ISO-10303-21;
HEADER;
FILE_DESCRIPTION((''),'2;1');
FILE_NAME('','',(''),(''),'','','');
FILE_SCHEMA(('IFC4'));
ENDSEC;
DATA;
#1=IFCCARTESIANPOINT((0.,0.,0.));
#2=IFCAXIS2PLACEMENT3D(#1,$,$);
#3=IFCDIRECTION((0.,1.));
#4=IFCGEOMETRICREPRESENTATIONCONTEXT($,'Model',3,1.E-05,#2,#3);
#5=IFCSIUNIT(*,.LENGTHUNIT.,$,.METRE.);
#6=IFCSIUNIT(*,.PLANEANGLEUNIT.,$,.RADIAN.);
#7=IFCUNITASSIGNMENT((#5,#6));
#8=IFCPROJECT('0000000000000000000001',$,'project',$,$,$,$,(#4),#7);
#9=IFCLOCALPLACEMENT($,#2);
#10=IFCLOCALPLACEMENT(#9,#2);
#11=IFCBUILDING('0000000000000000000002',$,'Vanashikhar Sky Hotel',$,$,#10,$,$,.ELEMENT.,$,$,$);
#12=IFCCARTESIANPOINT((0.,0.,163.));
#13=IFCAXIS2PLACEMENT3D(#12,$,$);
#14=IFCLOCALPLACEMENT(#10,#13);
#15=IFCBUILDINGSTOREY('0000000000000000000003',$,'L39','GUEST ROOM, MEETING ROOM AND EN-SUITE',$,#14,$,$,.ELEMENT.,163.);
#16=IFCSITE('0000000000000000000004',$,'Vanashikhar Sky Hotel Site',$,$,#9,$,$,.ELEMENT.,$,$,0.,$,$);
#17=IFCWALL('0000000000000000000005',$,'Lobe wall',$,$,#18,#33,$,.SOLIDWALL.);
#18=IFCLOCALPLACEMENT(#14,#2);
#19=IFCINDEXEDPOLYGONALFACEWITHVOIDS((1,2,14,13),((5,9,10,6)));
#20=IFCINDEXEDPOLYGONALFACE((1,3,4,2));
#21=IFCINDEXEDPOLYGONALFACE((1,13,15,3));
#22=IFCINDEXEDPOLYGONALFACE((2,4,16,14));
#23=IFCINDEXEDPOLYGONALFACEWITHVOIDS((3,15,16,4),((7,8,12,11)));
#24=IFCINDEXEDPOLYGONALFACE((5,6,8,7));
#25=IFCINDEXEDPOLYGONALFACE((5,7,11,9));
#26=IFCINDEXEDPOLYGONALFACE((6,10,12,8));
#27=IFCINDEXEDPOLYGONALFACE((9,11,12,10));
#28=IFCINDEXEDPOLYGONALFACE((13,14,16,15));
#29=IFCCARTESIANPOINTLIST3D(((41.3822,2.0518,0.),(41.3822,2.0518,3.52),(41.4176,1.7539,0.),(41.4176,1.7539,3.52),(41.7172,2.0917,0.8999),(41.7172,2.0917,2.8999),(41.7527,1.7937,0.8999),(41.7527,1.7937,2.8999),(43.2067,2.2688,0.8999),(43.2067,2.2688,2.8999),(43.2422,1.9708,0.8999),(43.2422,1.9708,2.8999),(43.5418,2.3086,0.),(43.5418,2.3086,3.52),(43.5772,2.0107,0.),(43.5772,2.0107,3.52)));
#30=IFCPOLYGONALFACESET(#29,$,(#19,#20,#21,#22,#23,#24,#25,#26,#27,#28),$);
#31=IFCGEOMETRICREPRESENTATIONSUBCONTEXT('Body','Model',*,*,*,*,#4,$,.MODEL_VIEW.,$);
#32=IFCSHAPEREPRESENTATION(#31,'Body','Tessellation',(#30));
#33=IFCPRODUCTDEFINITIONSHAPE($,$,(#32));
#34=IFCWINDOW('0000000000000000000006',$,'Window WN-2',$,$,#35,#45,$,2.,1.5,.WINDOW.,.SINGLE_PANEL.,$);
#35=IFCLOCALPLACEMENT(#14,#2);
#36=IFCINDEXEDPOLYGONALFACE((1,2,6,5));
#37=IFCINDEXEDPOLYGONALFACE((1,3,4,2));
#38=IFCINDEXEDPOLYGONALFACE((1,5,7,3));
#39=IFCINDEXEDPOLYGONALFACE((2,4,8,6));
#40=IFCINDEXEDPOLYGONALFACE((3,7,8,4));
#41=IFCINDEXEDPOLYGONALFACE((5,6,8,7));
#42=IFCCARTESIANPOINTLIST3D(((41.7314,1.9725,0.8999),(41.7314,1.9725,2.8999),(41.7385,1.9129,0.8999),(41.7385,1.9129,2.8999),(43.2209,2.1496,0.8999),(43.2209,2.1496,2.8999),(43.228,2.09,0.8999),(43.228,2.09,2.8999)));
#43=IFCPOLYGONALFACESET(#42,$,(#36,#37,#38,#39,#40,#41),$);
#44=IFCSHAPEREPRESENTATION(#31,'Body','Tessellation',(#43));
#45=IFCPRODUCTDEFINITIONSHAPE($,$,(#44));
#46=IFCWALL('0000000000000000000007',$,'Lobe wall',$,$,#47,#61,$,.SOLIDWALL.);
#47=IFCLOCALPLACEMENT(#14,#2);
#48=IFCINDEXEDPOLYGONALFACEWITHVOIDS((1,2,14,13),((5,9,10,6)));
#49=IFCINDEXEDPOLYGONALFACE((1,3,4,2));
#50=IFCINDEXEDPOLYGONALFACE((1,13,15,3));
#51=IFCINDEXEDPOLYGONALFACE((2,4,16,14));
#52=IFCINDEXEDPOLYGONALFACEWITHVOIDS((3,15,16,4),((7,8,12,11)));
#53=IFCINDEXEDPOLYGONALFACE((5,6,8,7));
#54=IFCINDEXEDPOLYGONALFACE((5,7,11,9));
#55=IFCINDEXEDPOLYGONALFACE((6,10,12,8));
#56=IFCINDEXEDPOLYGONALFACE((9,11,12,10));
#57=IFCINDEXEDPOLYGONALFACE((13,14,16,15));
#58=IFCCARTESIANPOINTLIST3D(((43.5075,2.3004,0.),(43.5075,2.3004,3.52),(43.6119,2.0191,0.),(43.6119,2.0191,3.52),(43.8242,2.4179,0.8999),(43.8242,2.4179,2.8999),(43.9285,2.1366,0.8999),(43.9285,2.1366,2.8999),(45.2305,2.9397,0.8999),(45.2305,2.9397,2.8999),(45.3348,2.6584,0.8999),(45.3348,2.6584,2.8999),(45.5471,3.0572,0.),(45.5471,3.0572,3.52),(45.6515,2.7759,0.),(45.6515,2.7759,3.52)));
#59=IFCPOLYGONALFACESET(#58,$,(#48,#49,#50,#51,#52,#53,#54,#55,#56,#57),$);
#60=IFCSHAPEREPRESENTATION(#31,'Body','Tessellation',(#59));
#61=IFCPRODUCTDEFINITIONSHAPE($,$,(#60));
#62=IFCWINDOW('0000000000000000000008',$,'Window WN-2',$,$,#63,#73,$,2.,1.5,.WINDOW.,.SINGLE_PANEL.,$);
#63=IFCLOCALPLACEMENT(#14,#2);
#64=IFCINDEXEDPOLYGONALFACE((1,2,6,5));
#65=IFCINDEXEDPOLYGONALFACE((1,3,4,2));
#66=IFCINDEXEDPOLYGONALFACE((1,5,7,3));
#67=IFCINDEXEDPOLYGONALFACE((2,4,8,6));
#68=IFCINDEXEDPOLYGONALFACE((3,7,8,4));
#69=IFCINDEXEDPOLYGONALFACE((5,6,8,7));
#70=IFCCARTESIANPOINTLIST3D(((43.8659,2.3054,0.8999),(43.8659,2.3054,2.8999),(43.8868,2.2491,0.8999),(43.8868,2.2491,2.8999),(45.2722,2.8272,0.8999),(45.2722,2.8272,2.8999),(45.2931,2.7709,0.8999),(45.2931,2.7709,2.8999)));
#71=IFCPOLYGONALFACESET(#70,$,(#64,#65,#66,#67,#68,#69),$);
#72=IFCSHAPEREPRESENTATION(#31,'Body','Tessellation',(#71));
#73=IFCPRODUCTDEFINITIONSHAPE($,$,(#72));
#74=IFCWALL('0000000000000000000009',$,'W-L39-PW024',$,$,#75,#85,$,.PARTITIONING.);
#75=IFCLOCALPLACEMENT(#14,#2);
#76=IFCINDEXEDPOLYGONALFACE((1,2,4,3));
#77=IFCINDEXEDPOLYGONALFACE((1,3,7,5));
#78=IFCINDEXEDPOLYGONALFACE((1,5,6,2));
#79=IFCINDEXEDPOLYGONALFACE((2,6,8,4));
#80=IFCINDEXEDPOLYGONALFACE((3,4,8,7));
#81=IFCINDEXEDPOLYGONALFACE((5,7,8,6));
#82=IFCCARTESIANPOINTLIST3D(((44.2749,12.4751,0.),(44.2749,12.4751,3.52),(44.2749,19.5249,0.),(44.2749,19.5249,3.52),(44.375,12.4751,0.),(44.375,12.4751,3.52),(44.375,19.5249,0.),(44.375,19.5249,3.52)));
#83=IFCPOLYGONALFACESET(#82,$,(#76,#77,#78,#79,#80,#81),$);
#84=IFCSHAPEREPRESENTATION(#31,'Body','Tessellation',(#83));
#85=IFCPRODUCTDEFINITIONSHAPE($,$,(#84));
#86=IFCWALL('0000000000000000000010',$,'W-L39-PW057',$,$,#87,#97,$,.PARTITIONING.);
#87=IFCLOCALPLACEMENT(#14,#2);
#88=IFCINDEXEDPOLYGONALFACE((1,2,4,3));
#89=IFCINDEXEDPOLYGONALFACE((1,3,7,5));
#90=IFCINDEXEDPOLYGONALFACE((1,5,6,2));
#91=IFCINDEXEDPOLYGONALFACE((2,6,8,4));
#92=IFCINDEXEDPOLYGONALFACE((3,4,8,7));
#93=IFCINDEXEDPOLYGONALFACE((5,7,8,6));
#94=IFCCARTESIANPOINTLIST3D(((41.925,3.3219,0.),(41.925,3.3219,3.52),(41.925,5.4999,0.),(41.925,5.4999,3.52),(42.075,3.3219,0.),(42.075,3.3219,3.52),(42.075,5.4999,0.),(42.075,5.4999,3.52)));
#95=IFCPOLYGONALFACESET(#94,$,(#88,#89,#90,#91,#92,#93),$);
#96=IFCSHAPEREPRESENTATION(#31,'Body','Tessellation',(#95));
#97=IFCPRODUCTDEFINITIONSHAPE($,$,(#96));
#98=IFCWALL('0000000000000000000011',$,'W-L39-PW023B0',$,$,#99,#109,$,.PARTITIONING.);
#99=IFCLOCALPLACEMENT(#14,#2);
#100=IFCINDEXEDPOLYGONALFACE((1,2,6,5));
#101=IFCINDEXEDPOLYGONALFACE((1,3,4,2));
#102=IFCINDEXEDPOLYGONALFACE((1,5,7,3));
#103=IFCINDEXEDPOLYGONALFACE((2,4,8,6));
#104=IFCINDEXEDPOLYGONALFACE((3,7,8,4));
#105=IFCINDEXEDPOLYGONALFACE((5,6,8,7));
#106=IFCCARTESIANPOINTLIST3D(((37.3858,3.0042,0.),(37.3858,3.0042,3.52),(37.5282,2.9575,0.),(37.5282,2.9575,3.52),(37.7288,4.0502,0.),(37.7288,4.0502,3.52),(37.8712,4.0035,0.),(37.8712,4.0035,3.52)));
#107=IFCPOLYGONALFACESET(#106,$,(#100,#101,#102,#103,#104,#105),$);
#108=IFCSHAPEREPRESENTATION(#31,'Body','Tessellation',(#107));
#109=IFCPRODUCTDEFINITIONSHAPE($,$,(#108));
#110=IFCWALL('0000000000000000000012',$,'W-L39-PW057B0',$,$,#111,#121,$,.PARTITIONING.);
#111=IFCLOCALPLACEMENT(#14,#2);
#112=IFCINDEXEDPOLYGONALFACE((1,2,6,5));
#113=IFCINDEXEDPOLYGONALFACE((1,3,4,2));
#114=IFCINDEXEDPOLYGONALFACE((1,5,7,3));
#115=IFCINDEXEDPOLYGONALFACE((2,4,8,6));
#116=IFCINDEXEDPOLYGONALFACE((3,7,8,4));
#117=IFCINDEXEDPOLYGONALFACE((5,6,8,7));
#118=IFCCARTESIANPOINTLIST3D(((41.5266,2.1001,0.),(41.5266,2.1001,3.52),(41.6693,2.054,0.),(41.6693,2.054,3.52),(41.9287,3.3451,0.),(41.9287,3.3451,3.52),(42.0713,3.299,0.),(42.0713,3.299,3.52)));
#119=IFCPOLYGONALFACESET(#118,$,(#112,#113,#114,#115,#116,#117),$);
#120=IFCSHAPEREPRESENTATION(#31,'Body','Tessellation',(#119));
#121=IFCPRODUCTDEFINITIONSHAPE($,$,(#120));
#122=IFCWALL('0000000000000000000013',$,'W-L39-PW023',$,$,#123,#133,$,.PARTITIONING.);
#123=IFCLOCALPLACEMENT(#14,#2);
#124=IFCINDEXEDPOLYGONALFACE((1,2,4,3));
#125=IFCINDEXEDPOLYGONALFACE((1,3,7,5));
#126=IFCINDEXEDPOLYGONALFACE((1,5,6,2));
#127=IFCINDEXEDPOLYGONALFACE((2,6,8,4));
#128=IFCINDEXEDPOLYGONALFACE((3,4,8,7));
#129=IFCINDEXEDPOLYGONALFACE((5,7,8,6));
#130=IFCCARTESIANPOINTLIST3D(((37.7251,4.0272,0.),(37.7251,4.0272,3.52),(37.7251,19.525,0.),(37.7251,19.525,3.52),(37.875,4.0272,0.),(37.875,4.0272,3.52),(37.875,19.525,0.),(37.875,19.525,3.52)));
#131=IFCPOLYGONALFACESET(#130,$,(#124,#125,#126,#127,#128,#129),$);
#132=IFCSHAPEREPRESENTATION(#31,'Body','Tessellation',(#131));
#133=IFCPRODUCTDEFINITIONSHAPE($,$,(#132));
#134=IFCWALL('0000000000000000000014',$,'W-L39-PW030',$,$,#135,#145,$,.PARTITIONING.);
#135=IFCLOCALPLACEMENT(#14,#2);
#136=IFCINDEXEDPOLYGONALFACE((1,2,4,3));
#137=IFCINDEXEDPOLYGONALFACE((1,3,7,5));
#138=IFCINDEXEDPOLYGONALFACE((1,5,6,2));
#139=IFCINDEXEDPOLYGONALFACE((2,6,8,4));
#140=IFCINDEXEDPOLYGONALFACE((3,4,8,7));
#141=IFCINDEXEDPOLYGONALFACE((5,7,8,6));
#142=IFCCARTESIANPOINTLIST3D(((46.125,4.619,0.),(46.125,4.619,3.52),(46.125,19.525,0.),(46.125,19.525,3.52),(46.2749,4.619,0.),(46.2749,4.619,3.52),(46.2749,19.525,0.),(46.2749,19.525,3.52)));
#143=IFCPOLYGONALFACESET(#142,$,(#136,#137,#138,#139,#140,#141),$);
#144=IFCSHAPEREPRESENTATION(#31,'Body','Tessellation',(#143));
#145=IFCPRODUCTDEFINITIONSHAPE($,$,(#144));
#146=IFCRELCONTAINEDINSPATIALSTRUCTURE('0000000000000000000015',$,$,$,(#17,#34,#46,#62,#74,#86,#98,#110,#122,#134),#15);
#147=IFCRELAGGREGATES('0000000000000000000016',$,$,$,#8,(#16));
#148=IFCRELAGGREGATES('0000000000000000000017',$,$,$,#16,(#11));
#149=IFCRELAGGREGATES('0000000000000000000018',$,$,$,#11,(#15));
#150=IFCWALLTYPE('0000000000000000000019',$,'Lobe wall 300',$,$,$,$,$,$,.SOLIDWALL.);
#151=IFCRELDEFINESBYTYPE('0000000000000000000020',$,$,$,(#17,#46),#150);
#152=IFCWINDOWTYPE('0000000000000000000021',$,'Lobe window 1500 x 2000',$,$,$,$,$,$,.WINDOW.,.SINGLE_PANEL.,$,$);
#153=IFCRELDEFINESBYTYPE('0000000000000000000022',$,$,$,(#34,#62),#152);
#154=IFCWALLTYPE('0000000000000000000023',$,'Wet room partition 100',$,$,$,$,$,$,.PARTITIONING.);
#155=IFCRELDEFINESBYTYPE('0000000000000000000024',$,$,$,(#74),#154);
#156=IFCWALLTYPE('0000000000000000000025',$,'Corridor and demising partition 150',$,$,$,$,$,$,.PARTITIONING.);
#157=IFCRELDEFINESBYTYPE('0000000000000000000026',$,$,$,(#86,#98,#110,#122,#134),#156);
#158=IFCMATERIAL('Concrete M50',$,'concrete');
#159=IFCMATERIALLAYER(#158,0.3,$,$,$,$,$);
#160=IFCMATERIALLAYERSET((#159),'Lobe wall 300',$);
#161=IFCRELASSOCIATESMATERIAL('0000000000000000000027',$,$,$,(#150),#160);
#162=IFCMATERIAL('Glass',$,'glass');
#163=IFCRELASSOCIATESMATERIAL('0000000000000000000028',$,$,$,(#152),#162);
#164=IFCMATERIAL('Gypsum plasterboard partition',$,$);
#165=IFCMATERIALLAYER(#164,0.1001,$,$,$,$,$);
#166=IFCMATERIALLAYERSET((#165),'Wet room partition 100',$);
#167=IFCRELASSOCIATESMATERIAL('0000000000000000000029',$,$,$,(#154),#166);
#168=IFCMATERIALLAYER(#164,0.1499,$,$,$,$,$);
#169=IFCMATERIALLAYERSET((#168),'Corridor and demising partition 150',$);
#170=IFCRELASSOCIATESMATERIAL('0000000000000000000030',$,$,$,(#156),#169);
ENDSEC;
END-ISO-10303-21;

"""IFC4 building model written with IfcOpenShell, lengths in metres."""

from ifc_helpers import new_model, si_unit, direction, frame, frame_2d, origin, place, context, subcontext, project, spatial, rectangle, extrude, source, transform, mapped, material, layer, layer_set, type_object, element, fill, save


model = new_model("IFC4")

# Units and contexts
model_context = context("Model", 3, precision=1e-05, world=origin(), true_north=direction((0.0, 1.0)))
body_context = subcontext(model_context, "Body", "Model", "MODEL_VIEW")
ifc_project = project(units=[si_unit("LENGTHUNIT", "METRE"), si_unit("PLANEANGLEUNIT", "RADIAN")], contexts=[model_context])

# Site, building, storey
site_placement = place(None, origin())
site = spatial("IfcSite", under=ifc_project, at=site_placement, Name="Vanashikhar Sky Hotel Site", CompositionType="ELEMENT", RefElevation=0.0)
building_placement = place(site_placement, origin())
building = spatial("IfcBuilding", under=site, at=building_placement, Name="Vanashikhar Sky Hotel", CompositionType="ELEMENT")
storey_placement = place(building_placement, frame((0.0, 0.0, 163.0)))
storey = spatial("IfcBuildingStorey", under=building, at=storey_placement, Name="L39", Description="GUEST ROOM, MEETING ROOM AND EN-SUITE", CompositionType="ELEMENT", Elevation=163.0)

# Shared definitions
ifc_material_1 = material(Name="Concrete M50", Category="concrete")

# Walls, openings, windows
ifc_layer_1 = layer(ifc_material_1, 0.3)
ifc_layer_set_1 = layer_set([ifc_layer_1], Name="Lobe wall 300")
wall_type_1 = type_object("IfcWallType", Name="Lobe wall 300", PredefinedType="SOLIDWALL", material=ifc_layer_set_1)
shared_shape_1 = source(origin(), body_context, "Body", "SweptSolid", [
    extrude(rectangle(XDim=1.5, YDim=2.0, at=frame_2d((0.75, 1.0))), frame((0.0, 0.1602, 0.0), z_axis=(0.0, -1.0, 0.0), x_axis=(1.0, 0.0, 0.0)), (0.0, 0.0, 1.0), 0.3201),
])
ifc_material_2 = material(Name="Glass", Category="glass")
window_type = type_object("IfcWindowType", Name="Lobe window 1500 x 2000", PartitioningType="SINGLE_PANEL", PredefinedType="WINDOW", material=ifc_material_2)
shared_shape_2 = source(origin(), body_context, "Body", "SweptSolid", [
    extrude(rectangle(XDim=1.5, YDim=2.0, at=frame_2d((0.75, 1.0))), frame((0.0, 0.03, 0.0), z_axis=(0.0, -1.0, 0.0), x_axis=(1.0, 0.0, 0.0)), (0.0, 0.0, 1.0), 0.0601),
])
shared_shape_3 = source(origin(), body_context, "Body", "SweptSolid", [
    extrude(rectangle(XDim=2.1748, YDim=0.3, at=frame_2d((1.0874, 0.0))), origin(), (0.0, 0.0, 1.0), 3.52),
])
wall_1_placement = place(storey_placement, frame((41.3999, 1.9028, 0.0), z_axis=(0.0, 0.0, 1.0), x_axis=(0.993003, 0.118092, 0.0)))
wall_1 = element("IfcWall", 1, at=wall_1_placement, inside=storey, type_object=wall_type_1, Name="Lobe wall", PredefinedType="SOLIDWALL", context=body_context, shape_type="MappedRepresentation", body=[
    mapped(shared_shape_3, transform((0.0, 0.0, 0.0), scale=1.0)),
])
opening_1_placement = place(wall_1_placement, frame((0.3374, 0.0, 0.8999)))
opening_1 = element("IfcOpeningElement", 2, at=opening_1_placement, cuts=wall_1, PredefinedType="OPENING", context=body_context, shape_type="MappedRepresentation", body=[
    mapped(shared_shape_1, transform((0.0, 0.0, 0.0), scale=1.0)),
])
window_1_placement = place(opening_1_placement, origin())
window_1 = element("IfcWindow", 3, at=window_1_placement, inside=storey, type_object=window_type, Name="Window WN-2", OverallHeight=2.0, OverallWidth=1.5, PartitioningType="SINGLE_PANEL", PredefinedType="WINDOW", context=body_context, shape_type="MappedRepresentation", body=[
    mapped(shared_shape_2, transform((0.0, 0.0, 0.0), scale=1.0)),
])
fill(opening_1, window_1)
shared_shape_4 = source(origin(), body_context, "Body", "SweptSolid", [
    extrude(rectangle(XDim=2.1755, YDim=0.3, at=frame_2d((1.0879, 0.0))), origin(), (0.0, 0.0, 1.0), 3.52),
])
wall_2_placement = place(storey_placement, frame((43.5596, 2.1597, 0.0), z_axis=(0.0, 0.0, 1.0), x_axis=(0.937532, 0.347899, 0.0)))
wall_2 = element("IfcWall", 4, at=wall_2_placement, inside=storey, type_object=wall_type_1, Name="Lobe wall", PredefinedType="SOLIDWALL", context=body_context, shape_type="MappedRepresentation", body=[
    mapped(shared_shape_4, transform((0.0, 0.0, 0.0), scale=1.0)),
])
opening_2_placement = place(wall_2_placement, frame((0.3379, 0.0, 0.8999)))
opening_2 = element("IfcOpeningElement", 5, at=opening_2_placement, cuts=wall_2, PredefinedType="OPENING", context=body_context, shape_type="MappedRepresentation", body=[
    mapped(shared_shape_1, transform((0.0, 0.0, 0.0), scale=1.0)),
])
window_2_placement = place(opening_2_placement, origin())
window_2 = element("IfcWindow", 6, at=window_2_placement, inside=storey, type_object=window_type, Name="Window WN-2", OverallHeight=2.0, OverallWidth=1.5, PartitioningType="SINGLE_PANEL", PredefinedType="WINDOW", context=body_context, shape_type="MappedRepresentation", body=[
    mapped(shared_shape_2, transform((0.0, 0.0, 0.0), scale=1.0)),
])
fill(opening_2, window_2)

# Walls
ifc_material_3 = material(Name="Gypsum plasterboard partition")
ifc_layer_2 = layer(ifc_material_3, 0.1001)
ifc_layer_set_2 = layer_set([ifc_layer_2], Name="Wet room partition 100")
wall_type_2 = type_object("IfcWallType", Name="Wet room partition 100", PredefinedType="PARTITIONING", material=ifc_layer_set_2)
shared_shape_5 = source(origin(), body_context, "Body", "SweptSolid", [
    extrude(rectangle(XDim=7.0498, YDim=0.1001, at=frame_2d((3.5249, 0.0))), origin(), (0.0, 0.0, 1.0), 3.52),
])
wall_3_placement = place(storey_placement, frame((44.325, 12.4751, 0.0), z_axis=(0.0, 0.0, 1.0), x_axis=(0.0, 1.0, 0.0)))
element("IfcWall", 7, at=wall_3_placement, inside=storey, type_object=wall_type_2, Name="W-L39-PW024", PredefinedType="PARTITIONING", context=body_context, shape_type="MappedRepresentation", body=[
    mapped(shared_shape_5, transform((0.0, 0.0, 0.0), scale=1.0)),
])
ifc_layer_3 = layer(ifc_material_3, 0.1499)
ifc_layer_set_3 = layer_set([ifc_layer_3], Name="Corridor and demising partition 150")
wall_type_3 = type_object("IfcWallType", Name="Corridor and demising partition 150", PredefinedType="PARTITIONING", material=ifc_layer_set_3)
shared_shape_6 = source(origin(), body_context, "Body", "SweptSolid", [
    extrude(rectangle(XDim=2.178, YDim=0.1499, at=frame_2d((1.0889, 0.0))), origin(), (0.0, 0.0, 1.0), 3.52),
])
wall_4_placement = place(storey_placement, frame((42.0, 3.322, 0.0), z_axis=(0.0, 0.0, 1.0), x_axis=(0.0, 1.0, 0.0)))
element("IfcWall", 8, at=wall_4_placement, inside=storey, type_object=wall_type_3, Name="W-L39-PW057", PredefinedType="PARTITIONING", context=body_context, shape_type="MappedRepresentation", body=[
    mapped(shared_shape_6, transform((0.0, 0.0, 0.0), scale=1.0)),
])
shared_shape_7 = source(origin(), body_context, "Body", "SweptSolid", [
    extrude(rectangle(XDim=1.1008, YDim=0.1499, at=frame_2d((0.5503, 0.0))), origin(), (0.0, 0.0, 1.0), 3.52),
])
wall_5_placement = place(storey_placement, frame((37.457, 2.981, 0.0), z_axis=(0.0, 0.0, 1.0), x_axis=(0.311567, 0.950224, 0.0)))
element("IfcWall", 9, at=wall_5_placement, inside=storey, type_object=wall_type_3, Name="W-L39-PW023B0", PredefinedType="PARTITIONING", context=body_context, shape_type="MappedRepresentation", body=[
    mapped(shared_shape_7, transform((0.0, 0.0, 0.0), scale=1.0)),
])
shared_shape_8 = source(origin(), body_context, "Body", "SweptSolid", [
    extrude(rectangle(XDim=1.3083, YDim=0.1499, at=frame_2d((0.6543, 0.0))), origin(), (0.0, 0.0, 1.0), 3.52),
])
wall_6_placement = place(storey_placement, frame((41.5979, 2.0769, 0.0), z_axis=(0.0, 0.0, 1.0), x_axis=(0.307314, 0.951608, 0.0)))
element("IfcWall", 10, at=wall_6_placement, inside=storey, type_object=wall_type_3, Name="W-L39-PW057B0", PredefinedType="PARTITIONING", context=body_context, shape_type="MappedRepresentation", body=[
    mapped(shared_shape_8, transform((0.0, 0.0, 0.0), scale=1.0)),
])
shared_shape_9 = source(origin(), body_context, "Body", "SweptSolid", [
    extrude(rectangle(XDim=15.4978, YDim=0.1499, at=frame_2d((7.749, 0.0))), origin(), (0.0, 0.0, 1.0), 3.52),
])
wall_7_placement = place(storey_placement, frame((37.8, 4.0271, 0.0), z_axis=(0.0, 0.0, 1.0), x_axis=(0.0, 1.0, 0.0)))
element("IfcWall", 11, at=wall_7_placement, inside=storey, type_object=wall_type_3, Name="W-L39-PW023", PredefinedType="PARTITIONING", context=body_context, shape_type="MappedRepresentation", body=[
    mapped(shared_shape_9, transform((0.0, 0.0, 0.0), scale=1.0)),
])
shared_shape_10 = source(origin(), body_context, "Body", "SweptSolid", [
    extrude(rectangle(XDim=14.906, YDim=0.1499, at=frame_2d((7.4531, 0.0))), origin(), (0.0, 0.0, 1.0), 3.52),
])
wall_8_placement = place(storey_placement, frame((46.2, 4.6189, 0.0), z_axis=(0.0, 0.0, 1.0), x_axis=(0.0, 1.0, 0.0)))
element("IfcWall", 12, at=wall_8_placement, inside=storey, type_object=wall_type_3, Name="W-L39-PW030", PredefinedType="PARTITIONING", context=body_context, shape_type="MappedRepresentation", body=[
    mapped(shared_shape_10, transform((0.0, 0.0, 0.0), scale=1.0)),
])

save(model, "model.ifc")
